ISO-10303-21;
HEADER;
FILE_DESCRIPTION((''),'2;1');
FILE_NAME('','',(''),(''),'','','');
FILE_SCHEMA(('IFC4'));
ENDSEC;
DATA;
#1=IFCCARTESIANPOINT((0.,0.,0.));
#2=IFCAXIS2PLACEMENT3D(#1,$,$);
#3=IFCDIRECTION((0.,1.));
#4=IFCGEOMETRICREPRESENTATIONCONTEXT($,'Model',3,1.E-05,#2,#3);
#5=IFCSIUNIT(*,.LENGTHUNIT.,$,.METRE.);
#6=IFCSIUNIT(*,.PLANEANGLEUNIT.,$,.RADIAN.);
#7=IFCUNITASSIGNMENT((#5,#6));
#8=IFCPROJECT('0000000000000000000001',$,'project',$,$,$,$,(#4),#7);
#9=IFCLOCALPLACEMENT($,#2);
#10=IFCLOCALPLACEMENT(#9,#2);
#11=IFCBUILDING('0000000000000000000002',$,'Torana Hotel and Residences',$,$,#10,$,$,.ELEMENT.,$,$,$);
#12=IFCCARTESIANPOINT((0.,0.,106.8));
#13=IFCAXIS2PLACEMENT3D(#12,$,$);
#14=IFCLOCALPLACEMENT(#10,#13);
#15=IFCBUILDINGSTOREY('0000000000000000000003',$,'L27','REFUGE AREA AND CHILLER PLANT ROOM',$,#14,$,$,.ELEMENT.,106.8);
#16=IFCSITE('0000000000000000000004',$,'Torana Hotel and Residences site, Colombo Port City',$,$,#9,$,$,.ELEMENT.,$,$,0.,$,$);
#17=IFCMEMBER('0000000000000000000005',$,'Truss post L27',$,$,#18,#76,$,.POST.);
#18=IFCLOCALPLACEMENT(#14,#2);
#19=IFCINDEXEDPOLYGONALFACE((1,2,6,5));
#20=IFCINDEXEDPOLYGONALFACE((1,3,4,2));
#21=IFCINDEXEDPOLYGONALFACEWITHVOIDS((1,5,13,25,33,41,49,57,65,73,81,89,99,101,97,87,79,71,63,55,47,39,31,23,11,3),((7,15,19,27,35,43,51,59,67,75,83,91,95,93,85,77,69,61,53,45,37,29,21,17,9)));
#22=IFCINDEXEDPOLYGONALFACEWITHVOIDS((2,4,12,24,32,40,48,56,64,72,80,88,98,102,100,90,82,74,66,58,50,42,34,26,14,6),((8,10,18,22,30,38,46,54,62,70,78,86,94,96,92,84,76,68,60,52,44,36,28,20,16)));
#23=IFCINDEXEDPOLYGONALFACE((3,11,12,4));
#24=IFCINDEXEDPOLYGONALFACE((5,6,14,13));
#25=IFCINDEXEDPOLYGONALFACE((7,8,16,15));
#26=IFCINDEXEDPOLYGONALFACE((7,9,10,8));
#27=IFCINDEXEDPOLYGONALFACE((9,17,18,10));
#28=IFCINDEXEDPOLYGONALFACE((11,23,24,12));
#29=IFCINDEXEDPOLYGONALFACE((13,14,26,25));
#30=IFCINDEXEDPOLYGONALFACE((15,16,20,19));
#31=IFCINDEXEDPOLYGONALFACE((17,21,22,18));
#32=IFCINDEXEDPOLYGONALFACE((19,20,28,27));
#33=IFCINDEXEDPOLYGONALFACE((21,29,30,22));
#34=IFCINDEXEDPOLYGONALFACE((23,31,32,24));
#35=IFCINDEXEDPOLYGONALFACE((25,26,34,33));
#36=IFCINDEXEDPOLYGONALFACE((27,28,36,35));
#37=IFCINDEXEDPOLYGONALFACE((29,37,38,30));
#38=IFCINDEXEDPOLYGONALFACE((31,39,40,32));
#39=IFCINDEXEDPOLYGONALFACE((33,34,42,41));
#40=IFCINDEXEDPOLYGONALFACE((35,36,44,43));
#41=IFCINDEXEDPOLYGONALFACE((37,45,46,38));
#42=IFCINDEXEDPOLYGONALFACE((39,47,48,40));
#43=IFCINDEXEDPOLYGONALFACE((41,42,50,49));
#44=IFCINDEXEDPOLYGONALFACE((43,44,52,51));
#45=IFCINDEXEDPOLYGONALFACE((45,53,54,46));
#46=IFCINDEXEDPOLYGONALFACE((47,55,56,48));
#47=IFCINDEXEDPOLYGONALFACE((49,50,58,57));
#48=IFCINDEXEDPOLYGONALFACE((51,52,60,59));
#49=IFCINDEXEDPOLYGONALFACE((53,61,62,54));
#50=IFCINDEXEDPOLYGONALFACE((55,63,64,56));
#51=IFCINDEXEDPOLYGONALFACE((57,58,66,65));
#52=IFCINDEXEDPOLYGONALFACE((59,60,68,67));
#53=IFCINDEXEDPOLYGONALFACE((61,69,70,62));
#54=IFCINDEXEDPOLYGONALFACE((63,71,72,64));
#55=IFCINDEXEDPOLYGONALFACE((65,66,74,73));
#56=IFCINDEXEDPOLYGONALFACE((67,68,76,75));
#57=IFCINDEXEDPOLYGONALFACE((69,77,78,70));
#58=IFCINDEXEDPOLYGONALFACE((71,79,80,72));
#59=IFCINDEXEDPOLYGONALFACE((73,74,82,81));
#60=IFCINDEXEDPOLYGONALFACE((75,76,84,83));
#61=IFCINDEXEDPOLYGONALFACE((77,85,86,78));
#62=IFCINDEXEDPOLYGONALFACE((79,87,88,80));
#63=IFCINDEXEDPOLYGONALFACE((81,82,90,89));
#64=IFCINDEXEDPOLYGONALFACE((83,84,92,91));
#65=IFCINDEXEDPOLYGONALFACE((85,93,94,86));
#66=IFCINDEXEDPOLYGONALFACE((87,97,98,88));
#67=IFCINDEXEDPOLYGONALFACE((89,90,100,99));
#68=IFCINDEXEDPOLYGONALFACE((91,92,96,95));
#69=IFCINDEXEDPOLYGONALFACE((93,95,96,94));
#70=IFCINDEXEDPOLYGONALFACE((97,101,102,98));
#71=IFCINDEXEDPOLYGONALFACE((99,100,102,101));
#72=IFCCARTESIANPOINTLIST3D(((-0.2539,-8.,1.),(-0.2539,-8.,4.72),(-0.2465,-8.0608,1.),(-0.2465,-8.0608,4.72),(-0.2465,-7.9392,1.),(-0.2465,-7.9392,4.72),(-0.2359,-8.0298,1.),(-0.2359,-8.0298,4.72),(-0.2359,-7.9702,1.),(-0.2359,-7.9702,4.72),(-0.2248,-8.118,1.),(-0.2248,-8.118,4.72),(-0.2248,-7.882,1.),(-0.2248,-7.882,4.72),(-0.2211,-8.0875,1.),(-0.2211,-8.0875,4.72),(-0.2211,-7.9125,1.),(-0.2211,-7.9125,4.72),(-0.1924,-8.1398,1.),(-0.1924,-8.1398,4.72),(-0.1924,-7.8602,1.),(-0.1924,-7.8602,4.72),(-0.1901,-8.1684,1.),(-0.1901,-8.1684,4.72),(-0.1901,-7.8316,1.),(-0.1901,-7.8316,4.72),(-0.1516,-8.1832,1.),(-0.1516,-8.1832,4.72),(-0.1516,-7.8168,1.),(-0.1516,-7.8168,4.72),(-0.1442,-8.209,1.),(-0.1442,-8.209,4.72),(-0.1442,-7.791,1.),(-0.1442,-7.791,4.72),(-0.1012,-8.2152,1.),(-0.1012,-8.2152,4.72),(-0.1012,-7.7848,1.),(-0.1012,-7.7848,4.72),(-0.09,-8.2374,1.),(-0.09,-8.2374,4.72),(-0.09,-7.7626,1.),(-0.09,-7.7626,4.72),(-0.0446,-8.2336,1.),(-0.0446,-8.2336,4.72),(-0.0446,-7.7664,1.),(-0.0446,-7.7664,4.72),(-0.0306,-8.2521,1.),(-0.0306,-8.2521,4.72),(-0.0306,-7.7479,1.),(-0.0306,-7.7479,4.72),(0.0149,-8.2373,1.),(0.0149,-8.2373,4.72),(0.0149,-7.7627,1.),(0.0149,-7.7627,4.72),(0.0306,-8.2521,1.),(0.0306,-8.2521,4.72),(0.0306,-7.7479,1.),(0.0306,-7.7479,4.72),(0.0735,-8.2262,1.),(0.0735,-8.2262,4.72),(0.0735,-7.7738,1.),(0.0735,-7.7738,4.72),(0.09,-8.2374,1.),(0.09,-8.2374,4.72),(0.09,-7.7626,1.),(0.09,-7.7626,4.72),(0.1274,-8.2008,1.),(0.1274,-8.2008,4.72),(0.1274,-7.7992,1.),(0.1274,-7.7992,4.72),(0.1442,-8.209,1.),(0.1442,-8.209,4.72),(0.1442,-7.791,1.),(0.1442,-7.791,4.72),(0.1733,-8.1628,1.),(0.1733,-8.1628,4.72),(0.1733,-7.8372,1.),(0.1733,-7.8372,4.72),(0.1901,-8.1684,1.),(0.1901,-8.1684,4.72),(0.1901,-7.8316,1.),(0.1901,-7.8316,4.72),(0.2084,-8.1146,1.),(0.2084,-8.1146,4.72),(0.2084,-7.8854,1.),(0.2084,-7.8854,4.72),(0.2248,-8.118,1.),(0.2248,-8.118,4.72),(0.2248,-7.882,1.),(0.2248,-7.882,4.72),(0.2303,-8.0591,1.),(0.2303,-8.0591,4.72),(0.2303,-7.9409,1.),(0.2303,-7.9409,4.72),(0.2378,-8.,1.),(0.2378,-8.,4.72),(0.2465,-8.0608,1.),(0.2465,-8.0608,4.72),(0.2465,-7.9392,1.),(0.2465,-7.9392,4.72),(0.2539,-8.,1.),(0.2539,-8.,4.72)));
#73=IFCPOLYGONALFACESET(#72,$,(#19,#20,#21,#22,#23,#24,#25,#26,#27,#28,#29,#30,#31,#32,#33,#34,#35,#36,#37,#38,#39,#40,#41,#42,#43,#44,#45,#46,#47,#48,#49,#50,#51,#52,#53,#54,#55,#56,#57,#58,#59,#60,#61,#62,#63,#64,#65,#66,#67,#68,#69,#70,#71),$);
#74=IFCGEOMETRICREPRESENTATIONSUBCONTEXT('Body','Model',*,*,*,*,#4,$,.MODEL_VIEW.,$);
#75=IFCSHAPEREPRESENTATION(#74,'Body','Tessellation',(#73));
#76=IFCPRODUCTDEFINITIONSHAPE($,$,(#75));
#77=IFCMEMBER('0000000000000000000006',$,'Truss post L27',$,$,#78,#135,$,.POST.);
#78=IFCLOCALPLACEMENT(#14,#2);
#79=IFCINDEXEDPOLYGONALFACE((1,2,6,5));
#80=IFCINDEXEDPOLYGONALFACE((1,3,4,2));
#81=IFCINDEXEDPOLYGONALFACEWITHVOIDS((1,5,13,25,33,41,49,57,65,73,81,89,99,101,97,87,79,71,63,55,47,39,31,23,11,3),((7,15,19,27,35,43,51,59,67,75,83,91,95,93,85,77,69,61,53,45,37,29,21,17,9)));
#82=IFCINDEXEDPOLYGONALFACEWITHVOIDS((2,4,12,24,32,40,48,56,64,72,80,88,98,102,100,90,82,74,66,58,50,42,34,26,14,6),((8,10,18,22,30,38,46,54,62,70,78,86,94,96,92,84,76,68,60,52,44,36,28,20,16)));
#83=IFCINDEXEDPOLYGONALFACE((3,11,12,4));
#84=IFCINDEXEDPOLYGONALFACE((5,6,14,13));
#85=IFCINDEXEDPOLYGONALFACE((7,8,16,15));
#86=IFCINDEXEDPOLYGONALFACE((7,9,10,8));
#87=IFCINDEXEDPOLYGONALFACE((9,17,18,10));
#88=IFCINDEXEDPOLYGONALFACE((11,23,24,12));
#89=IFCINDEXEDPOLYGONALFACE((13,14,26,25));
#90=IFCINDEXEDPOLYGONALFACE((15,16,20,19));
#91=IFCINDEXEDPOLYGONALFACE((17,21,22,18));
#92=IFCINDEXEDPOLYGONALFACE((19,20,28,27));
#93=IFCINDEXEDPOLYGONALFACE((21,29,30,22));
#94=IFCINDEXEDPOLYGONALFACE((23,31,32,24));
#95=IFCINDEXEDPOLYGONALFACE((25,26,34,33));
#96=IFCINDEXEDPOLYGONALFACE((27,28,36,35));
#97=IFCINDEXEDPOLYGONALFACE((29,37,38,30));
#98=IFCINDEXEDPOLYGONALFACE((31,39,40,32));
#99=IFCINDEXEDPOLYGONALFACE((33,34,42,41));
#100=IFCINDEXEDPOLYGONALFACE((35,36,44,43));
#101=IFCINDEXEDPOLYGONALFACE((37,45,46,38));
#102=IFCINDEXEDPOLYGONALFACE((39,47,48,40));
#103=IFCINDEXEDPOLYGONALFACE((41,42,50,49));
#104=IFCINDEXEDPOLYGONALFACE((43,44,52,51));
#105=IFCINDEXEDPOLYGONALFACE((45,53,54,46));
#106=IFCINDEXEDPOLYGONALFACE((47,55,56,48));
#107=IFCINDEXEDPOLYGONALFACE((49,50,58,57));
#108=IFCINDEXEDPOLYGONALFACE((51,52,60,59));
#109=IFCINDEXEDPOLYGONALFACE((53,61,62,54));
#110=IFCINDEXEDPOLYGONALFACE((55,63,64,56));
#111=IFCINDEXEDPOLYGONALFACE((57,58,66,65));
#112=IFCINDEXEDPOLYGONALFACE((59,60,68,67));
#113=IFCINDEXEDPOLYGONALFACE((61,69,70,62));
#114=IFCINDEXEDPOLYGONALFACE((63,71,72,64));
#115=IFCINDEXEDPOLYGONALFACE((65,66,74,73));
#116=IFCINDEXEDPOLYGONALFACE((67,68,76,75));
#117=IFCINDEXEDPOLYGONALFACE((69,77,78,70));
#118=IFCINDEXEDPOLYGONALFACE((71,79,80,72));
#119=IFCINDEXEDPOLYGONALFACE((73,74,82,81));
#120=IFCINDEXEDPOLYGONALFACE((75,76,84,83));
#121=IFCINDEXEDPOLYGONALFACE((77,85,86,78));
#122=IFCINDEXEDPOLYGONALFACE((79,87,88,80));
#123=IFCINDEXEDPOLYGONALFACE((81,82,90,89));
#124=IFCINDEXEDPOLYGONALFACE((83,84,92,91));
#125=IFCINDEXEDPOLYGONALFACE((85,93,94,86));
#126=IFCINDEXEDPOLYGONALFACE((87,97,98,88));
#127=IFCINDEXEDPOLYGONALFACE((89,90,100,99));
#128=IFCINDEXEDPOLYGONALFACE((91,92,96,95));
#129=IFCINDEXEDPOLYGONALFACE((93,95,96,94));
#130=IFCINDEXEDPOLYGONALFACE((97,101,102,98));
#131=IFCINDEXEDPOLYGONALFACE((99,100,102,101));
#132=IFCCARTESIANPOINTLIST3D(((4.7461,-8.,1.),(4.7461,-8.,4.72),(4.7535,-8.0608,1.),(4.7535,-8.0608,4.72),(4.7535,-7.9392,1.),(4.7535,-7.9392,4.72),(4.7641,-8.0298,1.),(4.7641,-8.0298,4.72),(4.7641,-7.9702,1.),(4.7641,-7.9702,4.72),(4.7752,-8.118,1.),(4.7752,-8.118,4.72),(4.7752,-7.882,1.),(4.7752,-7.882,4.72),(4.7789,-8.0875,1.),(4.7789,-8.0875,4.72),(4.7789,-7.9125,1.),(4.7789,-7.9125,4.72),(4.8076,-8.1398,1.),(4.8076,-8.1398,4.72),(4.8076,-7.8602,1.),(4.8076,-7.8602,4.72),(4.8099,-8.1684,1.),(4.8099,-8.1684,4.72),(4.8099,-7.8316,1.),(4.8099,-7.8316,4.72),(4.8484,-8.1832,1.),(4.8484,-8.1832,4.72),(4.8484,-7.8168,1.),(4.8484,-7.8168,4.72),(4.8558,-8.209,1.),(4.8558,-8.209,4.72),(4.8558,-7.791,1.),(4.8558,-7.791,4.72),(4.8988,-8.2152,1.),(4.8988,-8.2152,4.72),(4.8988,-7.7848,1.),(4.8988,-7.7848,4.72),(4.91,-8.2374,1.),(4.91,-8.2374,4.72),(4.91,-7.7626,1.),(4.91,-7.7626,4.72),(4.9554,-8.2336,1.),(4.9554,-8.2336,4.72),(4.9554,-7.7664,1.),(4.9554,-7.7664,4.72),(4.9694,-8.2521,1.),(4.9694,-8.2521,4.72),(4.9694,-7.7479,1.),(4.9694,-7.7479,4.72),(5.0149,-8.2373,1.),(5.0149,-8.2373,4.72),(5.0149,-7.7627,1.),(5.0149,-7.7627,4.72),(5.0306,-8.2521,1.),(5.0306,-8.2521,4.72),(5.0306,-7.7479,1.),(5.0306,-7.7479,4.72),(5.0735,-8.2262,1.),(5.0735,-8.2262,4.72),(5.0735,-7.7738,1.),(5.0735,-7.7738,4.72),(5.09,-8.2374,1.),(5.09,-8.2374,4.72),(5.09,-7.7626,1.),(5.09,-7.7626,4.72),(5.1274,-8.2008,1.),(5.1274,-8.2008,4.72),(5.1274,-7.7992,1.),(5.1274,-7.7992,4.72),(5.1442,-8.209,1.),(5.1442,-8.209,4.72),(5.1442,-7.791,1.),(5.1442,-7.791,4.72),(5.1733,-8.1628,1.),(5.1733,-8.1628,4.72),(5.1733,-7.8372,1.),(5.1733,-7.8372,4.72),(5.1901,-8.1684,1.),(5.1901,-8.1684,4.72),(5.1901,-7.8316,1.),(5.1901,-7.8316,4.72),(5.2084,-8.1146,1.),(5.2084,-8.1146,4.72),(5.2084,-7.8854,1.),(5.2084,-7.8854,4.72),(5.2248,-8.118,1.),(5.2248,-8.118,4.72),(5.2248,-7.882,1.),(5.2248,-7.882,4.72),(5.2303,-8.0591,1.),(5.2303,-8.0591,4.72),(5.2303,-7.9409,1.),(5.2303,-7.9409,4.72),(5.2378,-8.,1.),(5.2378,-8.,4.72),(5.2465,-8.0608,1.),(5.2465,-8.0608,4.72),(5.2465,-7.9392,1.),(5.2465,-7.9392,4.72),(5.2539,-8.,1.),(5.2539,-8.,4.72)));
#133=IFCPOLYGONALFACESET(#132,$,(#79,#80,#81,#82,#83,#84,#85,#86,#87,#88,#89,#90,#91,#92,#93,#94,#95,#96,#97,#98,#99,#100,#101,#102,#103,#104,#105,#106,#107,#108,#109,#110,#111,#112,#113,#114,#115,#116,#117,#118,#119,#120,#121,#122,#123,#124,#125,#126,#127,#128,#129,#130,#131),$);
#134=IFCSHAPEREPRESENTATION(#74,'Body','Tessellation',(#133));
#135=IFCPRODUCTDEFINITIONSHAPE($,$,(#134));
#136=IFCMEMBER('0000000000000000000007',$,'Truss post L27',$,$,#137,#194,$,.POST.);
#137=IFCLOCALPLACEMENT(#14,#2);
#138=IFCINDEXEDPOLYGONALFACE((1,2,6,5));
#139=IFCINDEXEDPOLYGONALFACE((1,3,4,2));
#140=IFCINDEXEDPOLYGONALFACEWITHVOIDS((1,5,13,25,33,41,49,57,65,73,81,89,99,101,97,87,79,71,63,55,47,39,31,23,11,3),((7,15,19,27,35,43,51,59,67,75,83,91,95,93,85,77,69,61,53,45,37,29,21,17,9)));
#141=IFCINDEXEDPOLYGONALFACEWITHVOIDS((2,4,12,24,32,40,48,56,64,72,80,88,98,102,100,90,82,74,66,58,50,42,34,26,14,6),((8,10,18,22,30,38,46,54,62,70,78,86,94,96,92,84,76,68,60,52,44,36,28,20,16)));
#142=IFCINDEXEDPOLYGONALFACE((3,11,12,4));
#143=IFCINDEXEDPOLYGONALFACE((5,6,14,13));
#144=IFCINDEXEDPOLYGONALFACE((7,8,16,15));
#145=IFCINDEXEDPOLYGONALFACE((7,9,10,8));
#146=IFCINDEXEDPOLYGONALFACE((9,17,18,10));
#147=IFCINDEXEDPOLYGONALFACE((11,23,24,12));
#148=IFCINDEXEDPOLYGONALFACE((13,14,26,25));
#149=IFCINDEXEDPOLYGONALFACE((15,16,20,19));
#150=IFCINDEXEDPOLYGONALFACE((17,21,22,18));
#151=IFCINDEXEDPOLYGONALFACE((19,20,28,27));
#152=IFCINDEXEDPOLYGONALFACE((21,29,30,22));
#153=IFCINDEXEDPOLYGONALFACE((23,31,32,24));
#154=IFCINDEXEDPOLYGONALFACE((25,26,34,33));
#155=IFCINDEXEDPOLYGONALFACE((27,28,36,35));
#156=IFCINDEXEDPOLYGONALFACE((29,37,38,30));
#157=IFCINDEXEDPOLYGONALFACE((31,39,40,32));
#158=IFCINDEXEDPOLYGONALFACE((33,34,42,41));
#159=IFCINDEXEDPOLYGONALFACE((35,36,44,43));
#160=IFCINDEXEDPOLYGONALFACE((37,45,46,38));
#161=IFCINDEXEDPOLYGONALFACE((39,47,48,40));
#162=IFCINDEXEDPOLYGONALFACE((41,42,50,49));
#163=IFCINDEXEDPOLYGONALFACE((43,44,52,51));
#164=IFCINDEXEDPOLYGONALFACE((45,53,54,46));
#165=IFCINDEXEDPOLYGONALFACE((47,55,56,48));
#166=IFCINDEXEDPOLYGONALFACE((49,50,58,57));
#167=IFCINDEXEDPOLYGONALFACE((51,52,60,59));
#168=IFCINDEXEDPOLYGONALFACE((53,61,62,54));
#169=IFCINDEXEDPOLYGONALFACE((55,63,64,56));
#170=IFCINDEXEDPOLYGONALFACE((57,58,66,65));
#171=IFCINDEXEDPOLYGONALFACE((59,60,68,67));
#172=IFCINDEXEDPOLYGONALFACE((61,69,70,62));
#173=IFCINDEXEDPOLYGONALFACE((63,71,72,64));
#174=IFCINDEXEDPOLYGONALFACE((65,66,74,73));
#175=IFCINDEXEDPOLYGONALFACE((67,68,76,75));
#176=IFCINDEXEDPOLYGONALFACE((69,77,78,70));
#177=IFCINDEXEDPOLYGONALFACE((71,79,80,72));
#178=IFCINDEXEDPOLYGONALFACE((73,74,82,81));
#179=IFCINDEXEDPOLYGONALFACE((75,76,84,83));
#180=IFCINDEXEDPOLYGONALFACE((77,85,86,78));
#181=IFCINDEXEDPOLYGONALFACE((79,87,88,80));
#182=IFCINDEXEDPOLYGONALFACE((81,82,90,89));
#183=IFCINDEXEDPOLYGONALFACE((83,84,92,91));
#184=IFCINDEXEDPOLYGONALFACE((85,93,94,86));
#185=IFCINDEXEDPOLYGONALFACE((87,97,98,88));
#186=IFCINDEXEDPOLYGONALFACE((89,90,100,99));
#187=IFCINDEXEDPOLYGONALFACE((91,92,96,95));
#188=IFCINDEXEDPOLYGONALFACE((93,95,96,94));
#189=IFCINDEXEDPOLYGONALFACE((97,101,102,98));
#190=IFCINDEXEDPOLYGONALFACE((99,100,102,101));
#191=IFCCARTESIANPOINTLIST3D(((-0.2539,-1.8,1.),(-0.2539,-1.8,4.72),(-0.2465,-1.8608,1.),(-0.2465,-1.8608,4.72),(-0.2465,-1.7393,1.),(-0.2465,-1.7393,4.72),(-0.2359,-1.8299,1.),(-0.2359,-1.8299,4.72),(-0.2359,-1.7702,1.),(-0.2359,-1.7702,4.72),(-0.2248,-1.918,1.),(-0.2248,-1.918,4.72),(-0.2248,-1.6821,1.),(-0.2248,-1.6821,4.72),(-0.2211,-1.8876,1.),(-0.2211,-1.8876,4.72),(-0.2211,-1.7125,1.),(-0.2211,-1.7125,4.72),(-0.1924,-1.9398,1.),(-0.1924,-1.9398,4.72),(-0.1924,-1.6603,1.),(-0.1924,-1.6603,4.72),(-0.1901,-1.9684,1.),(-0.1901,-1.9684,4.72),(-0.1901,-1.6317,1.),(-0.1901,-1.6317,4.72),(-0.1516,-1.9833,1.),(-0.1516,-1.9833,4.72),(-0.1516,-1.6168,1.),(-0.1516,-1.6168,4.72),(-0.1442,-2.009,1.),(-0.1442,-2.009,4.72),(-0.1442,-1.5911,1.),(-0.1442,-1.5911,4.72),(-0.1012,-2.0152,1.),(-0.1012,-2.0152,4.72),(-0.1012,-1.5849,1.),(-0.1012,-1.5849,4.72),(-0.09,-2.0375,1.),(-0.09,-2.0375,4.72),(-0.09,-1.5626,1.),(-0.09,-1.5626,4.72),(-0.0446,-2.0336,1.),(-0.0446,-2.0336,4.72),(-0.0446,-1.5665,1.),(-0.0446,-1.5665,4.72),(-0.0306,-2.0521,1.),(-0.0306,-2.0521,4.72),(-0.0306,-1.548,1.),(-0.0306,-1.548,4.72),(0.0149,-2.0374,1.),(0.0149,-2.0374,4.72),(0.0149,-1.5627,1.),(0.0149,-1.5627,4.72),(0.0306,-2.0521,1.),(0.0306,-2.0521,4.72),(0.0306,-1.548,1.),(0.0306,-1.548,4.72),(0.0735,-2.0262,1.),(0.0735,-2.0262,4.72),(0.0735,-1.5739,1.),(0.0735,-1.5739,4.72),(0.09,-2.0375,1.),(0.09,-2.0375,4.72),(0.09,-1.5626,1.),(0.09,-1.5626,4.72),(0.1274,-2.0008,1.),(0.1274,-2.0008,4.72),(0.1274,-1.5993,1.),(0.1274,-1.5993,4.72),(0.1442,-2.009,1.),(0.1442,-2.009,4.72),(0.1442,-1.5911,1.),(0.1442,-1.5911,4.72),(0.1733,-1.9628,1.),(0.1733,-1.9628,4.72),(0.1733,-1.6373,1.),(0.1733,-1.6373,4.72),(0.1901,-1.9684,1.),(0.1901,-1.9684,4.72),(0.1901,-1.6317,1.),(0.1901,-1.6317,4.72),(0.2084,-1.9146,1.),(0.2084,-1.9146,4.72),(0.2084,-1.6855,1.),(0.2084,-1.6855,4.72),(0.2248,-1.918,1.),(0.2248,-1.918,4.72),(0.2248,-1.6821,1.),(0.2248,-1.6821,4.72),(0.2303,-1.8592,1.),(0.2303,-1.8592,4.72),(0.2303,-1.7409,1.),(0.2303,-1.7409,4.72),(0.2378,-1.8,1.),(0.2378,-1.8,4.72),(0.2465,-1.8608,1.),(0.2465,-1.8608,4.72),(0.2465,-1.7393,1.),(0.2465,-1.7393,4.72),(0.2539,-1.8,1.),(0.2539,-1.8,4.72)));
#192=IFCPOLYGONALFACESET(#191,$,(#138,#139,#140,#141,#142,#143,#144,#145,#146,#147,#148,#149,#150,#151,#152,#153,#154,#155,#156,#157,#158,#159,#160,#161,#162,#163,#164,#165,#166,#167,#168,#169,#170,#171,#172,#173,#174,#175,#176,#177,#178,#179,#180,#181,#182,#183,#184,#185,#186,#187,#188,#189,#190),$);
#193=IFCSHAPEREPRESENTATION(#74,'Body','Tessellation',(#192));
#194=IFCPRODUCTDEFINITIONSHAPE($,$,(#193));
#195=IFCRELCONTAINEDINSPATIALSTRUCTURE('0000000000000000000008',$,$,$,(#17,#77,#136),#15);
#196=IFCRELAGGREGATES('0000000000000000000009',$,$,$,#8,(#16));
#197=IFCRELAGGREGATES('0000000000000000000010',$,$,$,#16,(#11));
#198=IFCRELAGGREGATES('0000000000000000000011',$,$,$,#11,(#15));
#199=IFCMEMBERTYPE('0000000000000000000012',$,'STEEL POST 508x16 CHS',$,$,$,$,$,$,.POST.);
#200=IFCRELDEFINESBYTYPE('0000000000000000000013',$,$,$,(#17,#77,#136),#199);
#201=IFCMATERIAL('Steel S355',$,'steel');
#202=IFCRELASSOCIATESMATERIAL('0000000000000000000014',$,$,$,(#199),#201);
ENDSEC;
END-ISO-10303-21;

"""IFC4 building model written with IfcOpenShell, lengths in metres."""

from ifc_helpers import new_model, si_unit, direction, frame, origin, origin_2d, place, context, subcontext, project, spatial, hollow_circle, extrude, material, material_profile, profile_set, type_object, element, save


model = new_model("IFC4")

# Units and contexts
model_context = context("Model", 3, precision=1e-05, world=origin(), true_north=direction((0.0, 1.0)))
body_context = subcontext(model_context, "Body", "Model", "MODEL_VIEW")
ifc_project = project(units=[si_unit("LENGTHUNIT", "METRE"), si_unit("PLANEANGLEUNIT", "RADIAN")], contexts=[model_context])

# Site, building, storey
site_placement = place(None, origin())
site = spatial("IfcSite", under=ifc_project, at=site_placement, Name="Torana Hotel and Residences site, Colombo Port City", CompositionType="ELEMENT", RefElevation=0.0)
building_placement = place(site_placement, origin())
building = spatial("IfcBuilding", under=site, at=building_placement, Name="Torana Hotel and Residences", CompositionType="ELEMENT")
storey_placement = place(building_placement, frame((0.0, 0.0, 106.8)))
storey = spatial("IfcBuildingStorey", under=building, at=storey_placement, Name="L27", Description="REFUGE AREA AND CHILLER PLANT ROOM", CompositionType="ELEMENT", Elevation=106.8)

# Members
ifc_material_1 = material(Name="Steel S355", Category="steel")
ifc_material_profile_1 = material_profile(ifc_material_1, hollow_circle(Radius=0.2539, WallThickness=0.0161, at=origin_2d()), Name="508x16 CHS")
ifc_profile_set_1 = profile_set([ifc_material_profile_1], Name="Steel S355")
member_type_1 = type_object("IfcMemberType", Name="STEEL POST 508x16 CHS", PredefinedType="POST", material=ifc_profile_set_1)
for number, where, z_axis, x_axis, name in (
    (1, (0.0, -8.0, 1.0), (0.0, 0.0, 1.0), (1.0, 0.0, 0.0), "Truss post L27"),
    (2, (5.0, -8.0, 1.0), (0.0, 0.0, 1.0), (1.0, 0.0, 0.0), "Truss post L27"),
    (3, (0.0, -1.8, 1.0), (0.0, 0.0, 1.0), (1.0, 0.0, 0.0), "Truss post L27"),
):
    element("IfcMember", number, at=place(storey_placement, frame(where, z_axis=z_axis, x_axis=x_axis)), inside=storey, type_object=member_type_1, Name=name, PredefinedType="POST", context=body_context, shape_type="SweptSolid", body=[
        extrude(hollow_circle(Radius=0.2539, WallThickness=0.0161, at=origin_2d()), origin(), (0.0, 0.0, 1.0), 3.72),
    ])

save(model, "model.ifc")
